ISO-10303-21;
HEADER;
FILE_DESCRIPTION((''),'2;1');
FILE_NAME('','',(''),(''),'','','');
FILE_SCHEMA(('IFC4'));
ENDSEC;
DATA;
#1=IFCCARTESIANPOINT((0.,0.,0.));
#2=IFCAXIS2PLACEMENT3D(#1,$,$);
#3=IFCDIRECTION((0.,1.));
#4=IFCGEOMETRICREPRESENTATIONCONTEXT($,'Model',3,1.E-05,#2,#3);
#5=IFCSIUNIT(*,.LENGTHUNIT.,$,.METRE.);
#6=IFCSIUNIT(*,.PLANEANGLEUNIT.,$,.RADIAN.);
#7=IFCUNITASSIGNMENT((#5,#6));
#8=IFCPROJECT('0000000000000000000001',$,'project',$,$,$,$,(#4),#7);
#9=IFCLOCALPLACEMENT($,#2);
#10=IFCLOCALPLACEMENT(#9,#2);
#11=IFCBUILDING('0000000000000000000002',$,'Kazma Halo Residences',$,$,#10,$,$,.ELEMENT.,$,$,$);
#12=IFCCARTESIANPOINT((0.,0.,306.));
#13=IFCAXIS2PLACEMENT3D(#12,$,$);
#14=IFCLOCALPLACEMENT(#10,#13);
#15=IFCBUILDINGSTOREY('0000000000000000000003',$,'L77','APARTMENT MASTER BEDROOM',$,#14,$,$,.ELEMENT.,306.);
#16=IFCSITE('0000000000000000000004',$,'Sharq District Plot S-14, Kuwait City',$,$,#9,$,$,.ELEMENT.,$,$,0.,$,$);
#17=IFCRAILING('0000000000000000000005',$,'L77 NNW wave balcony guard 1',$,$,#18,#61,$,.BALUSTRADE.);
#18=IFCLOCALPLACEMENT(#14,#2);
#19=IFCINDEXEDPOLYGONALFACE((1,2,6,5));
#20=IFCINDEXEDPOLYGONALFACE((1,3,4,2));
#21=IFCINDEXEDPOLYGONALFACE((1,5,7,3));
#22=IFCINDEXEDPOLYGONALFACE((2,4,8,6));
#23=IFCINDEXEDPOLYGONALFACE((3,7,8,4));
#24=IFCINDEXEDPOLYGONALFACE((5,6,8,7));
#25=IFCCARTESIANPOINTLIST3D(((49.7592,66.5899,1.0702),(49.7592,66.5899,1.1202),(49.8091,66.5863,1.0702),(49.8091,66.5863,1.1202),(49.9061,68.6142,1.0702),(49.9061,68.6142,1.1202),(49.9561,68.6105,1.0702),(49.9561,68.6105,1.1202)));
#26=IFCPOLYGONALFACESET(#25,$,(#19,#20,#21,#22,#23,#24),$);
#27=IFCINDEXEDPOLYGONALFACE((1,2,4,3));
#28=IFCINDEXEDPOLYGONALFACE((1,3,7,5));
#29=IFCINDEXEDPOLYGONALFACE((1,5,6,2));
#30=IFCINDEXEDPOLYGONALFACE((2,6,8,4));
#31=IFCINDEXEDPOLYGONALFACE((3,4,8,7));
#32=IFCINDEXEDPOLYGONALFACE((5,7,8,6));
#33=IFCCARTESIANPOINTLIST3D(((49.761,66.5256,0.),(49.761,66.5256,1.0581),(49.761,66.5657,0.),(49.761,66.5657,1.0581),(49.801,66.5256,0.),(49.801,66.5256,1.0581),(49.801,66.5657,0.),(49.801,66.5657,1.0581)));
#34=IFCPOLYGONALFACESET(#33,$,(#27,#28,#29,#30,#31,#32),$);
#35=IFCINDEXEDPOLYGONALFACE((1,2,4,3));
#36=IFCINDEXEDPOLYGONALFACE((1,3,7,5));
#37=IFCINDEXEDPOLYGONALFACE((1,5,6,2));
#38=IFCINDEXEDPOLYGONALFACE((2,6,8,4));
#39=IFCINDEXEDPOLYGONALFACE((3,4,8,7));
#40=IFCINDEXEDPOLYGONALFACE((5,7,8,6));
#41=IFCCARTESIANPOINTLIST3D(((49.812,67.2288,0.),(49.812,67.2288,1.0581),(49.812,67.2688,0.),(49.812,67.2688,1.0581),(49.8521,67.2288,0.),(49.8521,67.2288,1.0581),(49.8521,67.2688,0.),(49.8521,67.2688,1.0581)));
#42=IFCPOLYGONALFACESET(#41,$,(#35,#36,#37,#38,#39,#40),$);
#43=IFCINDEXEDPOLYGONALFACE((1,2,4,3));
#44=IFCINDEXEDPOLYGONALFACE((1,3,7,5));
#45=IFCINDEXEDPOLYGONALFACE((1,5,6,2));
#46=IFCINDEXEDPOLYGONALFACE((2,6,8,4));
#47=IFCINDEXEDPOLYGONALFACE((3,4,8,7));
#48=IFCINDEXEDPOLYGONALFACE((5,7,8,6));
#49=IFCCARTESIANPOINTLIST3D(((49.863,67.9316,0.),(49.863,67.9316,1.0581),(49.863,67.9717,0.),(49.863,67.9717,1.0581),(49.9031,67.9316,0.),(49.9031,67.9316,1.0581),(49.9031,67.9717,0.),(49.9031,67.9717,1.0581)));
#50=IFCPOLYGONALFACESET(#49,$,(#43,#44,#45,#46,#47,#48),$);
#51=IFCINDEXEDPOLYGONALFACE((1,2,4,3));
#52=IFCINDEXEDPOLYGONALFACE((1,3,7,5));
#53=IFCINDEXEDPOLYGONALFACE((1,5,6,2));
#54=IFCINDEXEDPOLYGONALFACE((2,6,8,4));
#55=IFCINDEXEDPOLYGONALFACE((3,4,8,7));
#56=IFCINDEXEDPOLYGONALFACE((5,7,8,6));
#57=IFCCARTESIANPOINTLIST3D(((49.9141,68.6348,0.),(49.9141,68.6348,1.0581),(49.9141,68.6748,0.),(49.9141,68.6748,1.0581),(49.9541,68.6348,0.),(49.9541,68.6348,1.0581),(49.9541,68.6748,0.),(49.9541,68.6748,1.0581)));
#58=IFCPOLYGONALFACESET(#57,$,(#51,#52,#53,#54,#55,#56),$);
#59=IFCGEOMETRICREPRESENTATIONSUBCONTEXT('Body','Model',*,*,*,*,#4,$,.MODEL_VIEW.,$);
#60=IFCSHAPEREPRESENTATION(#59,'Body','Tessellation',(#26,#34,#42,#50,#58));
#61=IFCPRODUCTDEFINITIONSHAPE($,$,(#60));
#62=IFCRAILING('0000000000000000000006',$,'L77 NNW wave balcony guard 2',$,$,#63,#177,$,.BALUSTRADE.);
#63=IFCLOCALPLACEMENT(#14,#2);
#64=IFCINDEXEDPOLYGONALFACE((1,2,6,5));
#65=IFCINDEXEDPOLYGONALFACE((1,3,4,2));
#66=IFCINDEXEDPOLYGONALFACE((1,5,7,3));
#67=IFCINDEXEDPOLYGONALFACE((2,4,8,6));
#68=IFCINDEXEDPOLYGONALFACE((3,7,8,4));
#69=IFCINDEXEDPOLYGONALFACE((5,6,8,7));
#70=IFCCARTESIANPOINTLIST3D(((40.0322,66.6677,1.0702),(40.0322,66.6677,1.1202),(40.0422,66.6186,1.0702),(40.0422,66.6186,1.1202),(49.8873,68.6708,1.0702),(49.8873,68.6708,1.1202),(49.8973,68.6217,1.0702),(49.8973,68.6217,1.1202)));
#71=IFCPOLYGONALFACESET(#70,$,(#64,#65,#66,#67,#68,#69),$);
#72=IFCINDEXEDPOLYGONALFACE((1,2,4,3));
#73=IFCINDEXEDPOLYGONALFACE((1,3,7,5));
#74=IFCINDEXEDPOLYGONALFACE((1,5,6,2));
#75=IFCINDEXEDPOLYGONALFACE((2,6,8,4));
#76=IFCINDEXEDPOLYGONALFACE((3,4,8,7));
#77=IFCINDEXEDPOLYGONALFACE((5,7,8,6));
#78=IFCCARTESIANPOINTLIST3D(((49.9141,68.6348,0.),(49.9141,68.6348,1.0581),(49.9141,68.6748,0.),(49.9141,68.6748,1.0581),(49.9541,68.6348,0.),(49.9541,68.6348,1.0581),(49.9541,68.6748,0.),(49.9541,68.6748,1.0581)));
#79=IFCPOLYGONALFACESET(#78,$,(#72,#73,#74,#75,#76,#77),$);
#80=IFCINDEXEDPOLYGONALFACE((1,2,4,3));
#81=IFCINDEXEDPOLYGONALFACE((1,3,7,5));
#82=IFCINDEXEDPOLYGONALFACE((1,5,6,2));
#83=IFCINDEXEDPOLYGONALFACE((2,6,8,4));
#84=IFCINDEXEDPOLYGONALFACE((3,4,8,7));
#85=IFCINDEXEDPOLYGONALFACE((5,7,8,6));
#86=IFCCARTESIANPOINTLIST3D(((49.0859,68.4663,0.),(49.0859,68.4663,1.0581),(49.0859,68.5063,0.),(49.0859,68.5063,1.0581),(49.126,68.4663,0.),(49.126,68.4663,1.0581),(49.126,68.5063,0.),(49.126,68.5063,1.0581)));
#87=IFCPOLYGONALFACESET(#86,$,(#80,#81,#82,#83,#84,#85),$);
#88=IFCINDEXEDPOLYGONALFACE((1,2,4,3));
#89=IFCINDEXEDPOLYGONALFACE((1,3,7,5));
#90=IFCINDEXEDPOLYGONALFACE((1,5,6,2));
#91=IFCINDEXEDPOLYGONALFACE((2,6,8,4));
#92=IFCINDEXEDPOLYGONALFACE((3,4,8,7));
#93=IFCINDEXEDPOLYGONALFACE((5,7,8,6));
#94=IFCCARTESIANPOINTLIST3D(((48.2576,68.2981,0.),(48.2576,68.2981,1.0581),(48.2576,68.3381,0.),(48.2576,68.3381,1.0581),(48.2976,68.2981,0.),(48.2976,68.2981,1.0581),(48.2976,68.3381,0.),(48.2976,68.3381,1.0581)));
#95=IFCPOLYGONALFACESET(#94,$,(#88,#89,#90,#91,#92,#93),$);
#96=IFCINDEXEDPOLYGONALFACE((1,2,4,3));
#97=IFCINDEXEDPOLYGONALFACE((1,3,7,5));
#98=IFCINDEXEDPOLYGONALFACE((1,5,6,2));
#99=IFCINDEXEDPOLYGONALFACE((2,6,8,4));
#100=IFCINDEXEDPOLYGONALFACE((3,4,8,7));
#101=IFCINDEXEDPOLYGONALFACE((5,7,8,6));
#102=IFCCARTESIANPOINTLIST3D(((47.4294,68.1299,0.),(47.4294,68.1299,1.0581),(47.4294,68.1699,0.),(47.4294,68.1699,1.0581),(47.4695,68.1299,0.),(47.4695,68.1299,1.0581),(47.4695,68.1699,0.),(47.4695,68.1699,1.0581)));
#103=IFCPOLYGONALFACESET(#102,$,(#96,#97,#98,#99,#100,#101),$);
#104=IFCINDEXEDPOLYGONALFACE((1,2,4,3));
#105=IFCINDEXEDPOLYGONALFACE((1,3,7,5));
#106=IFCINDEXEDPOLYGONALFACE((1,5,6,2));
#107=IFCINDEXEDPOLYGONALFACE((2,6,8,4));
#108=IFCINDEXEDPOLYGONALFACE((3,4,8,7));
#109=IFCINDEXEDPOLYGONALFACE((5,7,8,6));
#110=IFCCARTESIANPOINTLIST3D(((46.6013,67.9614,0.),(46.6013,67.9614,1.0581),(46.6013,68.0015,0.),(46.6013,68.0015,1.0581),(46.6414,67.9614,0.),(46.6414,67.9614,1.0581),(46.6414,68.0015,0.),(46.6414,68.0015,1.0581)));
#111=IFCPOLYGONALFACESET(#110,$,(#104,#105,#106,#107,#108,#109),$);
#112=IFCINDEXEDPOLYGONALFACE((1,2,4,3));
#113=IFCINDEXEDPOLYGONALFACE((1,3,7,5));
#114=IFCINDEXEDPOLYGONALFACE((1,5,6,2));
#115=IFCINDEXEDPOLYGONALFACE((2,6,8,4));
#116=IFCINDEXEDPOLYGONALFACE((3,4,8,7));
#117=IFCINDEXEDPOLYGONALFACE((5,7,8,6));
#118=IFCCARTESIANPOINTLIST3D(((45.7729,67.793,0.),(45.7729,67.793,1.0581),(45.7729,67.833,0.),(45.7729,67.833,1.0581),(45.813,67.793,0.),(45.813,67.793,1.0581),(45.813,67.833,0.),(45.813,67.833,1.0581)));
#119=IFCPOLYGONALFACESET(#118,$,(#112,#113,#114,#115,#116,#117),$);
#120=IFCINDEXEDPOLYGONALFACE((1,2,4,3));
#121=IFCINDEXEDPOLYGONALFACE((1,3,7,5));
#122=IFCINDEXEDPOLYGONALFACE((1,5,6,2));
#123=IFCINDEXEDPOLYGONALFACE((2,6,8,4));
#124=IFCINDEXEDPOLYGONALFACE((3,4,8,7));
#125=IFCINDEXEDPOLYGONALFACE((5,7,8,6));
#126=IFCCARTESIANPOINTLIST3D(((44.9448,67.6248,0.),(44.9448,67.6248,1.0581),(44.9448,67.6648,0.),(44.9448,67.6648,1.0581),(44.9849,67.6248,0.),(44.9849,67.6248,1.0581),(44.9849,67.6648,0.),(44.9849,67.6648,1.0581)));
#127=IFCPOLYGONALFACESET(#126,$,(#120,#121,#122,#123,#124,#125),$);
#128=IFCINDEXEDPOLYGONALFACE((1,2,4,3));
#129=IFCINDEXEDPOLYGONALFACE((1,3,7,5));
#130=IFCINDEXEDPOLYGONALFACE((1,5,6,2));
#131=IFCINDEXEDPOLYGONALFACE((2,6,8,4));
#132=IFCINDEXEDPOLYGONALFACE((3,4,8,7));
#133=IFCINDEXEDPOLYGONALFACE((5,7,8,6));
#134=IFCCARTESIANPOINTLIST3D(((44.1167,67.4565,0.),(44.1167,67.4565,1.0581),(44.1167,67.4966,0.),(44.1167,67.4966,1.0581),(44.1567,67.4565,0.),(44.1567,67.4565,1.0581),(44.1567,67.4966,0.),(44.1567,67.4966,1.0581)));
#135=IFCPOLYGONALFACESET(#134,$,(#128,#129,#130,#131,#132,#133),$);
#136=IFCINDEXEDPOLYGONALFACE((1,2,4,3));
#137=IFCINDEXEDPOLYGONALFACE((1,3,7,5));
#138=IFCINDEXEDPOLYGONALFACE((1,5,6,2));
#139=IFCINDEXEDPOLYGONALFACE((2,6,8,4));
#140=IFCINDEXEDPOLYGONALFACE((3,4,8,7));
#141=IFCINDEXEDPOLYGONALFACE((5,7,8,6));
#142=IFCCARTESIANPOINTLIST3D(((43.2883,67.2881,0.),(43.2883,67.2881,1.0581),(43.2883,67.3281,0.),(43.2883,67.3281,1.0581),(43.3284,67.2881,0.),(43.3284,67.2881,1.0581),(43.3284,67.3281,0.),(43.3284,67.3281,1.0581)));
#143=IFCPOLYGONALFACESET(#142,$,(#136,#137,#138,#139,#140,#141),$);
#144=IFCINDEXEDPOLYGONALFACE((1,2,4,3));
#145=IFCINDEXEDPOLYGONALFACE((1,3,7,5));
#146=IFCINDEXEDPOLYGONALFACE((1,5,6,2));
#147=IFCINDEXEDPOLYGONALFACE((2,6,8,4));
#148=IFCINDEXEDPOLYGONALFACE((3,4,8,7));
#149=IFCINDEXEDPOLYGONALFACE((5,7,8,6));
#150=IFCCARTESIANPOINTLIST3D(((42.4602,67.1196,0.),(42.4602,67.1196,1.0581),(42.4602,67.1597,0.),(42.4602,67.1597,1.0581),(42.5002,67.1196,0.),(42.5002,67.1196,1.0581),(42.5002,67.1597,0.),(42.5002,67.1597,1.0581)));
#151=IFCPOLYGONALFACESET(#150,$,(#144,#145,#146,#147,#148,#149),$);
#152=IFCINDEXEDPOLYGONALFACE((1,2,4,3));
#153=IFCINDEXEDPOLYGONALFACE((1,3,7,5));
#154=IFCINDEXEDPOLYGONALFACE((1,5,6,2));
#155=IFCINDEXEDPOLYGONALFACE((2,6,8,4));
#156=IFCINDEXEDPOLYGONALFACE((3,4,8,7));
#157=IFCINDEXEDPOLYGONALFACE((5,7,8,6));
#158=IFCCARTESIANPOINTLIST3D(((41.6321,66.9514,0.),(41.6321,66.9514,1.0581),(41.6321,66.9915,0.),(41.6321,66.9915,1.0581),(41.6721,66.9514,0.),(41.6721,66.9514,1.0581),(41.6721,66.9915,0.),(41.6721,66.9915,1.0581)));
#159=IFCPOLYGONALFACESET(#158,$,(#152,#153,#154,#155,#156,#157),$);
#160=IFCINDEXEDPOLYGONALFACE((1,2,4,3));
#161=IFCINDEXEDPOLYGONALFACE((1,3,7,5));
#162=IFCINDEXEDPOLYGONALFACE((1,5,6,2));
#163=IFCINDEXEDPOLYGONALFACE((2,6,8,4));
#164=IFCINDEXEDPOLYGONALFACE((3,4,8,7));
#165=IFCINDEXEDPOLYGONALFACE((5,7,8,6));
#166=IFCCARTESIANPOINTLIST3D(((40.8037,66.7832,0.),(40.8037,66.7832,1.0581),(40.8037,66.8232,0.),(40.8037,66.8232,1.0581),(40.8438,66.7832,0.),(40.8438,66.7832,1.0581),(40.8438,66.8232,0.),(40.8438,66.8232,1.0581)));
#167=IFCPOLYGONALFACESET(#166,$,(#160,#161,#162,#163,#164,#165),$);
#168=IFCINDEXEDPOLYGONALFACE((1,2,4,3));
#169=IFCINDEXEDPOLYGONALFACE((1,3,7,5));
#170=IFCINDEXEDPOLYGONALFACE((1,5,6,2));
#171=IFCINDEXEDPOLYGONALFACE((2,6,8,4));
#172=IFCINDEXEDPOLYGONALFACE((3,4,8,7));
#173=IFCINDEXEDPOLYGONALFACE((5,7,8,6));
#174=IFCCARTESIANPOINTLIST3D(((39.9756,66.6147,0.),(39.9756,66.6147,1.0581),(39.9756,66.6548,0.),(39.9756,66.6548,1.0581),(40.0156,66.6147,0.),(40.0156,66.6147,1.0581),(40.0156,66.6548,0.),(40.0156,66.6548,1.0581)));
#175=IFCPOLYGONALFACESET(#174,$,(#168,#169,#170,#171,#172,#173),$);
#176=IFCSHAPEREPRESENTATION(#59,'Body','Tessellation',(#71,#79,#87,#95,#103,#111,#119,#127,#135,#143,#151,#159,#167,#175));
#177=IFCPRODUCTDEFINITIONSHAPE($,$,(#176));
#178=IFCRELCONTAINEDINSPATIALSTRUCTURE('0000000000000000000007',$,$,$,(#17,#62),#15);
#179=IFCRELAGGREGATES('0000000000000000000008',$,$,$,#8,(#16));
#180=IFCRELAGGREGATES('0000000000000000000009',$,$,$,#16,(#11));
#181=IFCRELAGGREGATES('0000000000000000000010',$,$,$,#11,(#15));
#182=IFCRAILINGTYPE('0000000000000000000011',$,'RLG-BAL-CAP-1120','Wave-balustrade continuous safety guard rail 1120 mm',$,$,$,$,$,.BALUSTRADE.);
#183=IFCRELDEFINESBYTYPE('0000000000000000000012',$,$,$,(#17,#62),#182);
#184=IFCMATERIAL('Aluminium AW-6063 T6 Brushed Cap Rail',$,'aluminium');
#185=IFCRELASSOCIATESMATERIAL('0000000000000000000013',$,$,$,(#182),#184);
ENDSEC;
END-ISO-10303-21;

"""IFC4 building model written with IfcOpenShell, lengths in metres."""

from ifc_helpers import new_model, si_unit, direction, frame, origin, origin_2d, place, context, subcontext, project, spatial, rectangle, extrude, material, type_object, element, save


model = new_model("IFC4")

# Units and contexts
model_context = context("Model", 3, precision=1e-05, world=origin(), true_north=direction((0.0, 1.0)))
body_context = subcontext(model_context, "Body", "Model", "MODEL_VIEW")
ifc_project = project(units=[si_unit("LENGTHUNIT", "METRE"), si_unit("PLANEANGLEUNIT", "RADIAN")], contexts=[model_context])

# Site, building, storey
site_placement = place(None, origin())
site = spatial("IfcSite", under=ifc_project, at=site_placement, Name="Sharq District Plot S-14, Kuwait City", CompositionType="ELEMENT", RefElevation=0.0)
building_placement = place(site_placement, origin())
building = spatial("IfcBuilding", under=site, at=building_placement, Name="Kazma Halo Residences", CompositionType="ELEMENT")
storey_placement = place(building_placement, frame((0.0, 0.0, 306.0)))
storey = spatial("IfcBuildingStorey", under=building, at=storey_placement, Name="L77", Description="APARTMENT MASTER BEDROOM", CompositionType="ELEMENT", Elevation=306.0)

# Railings
ifc_material_1 = material(Name="Aluminium AW-6063 T6 Brushed Cap Rail", Category="aluminium")
railing_type = type_object("IfcRailingType", Name="RLG-BAL-CAP-1120", Description="Wave-balustrade continuous safety guard rail 1120 mm", PredefinedType="BALUSTRADE", material=ifc_material_1)
railing_1_placement = place(storey_placement, frame((49.781, 66.5457, 0.0)))
element("IfcRailing", 1, at=railing_1_placement, inside=storey, type_object=railing_type, Name="L77 NNW wave balcony guard 1", PredefinedType="BALUSTRADE", context=body_context, shape_type="SweptSolid", body=[
    extrude(rectangle(XDim=0.05, YDim=0.05, at=origin_2d()), frame((0.0032, 0.0425, 1.0952), z_axis=(0.072387, 0.997377, 0.0), x_axis=(-0.997377, 0.072387, 0.0)), (0.0, 0.0, 1.0), 2.0295),
    extrude(rectangle(XDim=0.04, YDim=0.04, at=origin_2d()), origin(), (0.0, 0.0, 1.0), 1.0581),
    extrude(rectangle(XDim=0.04, YDim=0.04, at=origin_2d()), frame((0.051, 0.7031, 0.0)), (0.0, 0.0, 1.0), 1.0581),
    extrude(rectangle(XDim=0.04, YDim=0.04, at=origin_2d()), frame((0.1021, 1.406, 0.0)), (0.0, 0.0, 1.0), 1.0581),
    extrude(rectangle(XDim=0.04, YDim=0.04, at=origin_2d()), frame((0.1531, 2.1091, 0.0)), (0.0, 0.0, 1.0), 1.0581),
])
railing_2_placement = place(storey_placement, frame((49.9341, 68.6548, 0.0)))
element("IfcRailing", 2, at=railing_2_placement, inside=storey, type_object=railing_type, Name="L77 NNW wave balcony guard 2", PredefinedType="BALUSTRADE", context=body_context, shape_type="SweptSolid", body=[
    extrude(rectangle(XDim=0.05, YDim=0.05, at=origin_2d()), frame((-0.0417, -0.0085, 1.0952), z_axis=(-0.979963, -0.19918, 0.0), x_axis=(0.19918, -0.979963, 0.0)), (0.0, 0.0, 1.0), 10.0566),
    extrude(rectangle(XDim=0.04, YDim=0.04, at=origin_2d()), origin(), (0.0, 0.0, 1.0), 1.0581),
    extrude(rectangle(XDim=0.04, YDim=0.04, at=origin_2d()), frame((-0.8281, -0.1685, 0.0)), (0.0, 0.0, 1.0), 1.0581),
    extrude(rectangle(XDim=0.04, YDim=0.04, at=origin_2d()), frame((-1.6565, -0.3367, 0.0)), (0.0, 0.0, 1.0), 1.0581),
    extrude(rectangle(XDim=0.04, YDim=0.04, at=origin_2d()), frame((-2.4846, -0.5049, 0.0)), (0.0, 0.0, 1.0), 1.0581),
    extrude(rectangle(XDim=0.04, YDim=0.04, at=origin_2d()), frame((-3.3127, -0.6733, 0.0)), (0.0, 0.0, 1.0), 1.0581),
    extrude(rectangle(XDim=0.04, YDim=0.04, at=origin_2d()), frame((-4.1411, -0.8418, 0.0)), (0.0, 0.0, 1.0), 1.0581),
    extrude(rectangle(XDim=0.04, YDim=0.04, at=origin_2d()), frame((-4.9692, -1.01, 0.0)), (0.0, 0.0, 1.0), 1.0581),
    extrude(rectangle(XDim=0.04, YDim=0.04, at=origin_2d()), frame((-5.7974, -1.1782, 0.0)), (0.0, 0.0, 1.0), 1.0581),
    extrude(rectangle(XDim=0.04, YDim=0.04, at=origin_2d()), frame((-6.6257, -1.3467, 0.0)), (0.0, 0.0, 1.0), 1.0581),
    extrude(rectangle(XDim=0.04, YDim=0.04, at=origin_2d()), frame((-7.4539, -1.5151, 0.0)), (0.0, 0.0, 1.0), 1.0581),
    extrude(rectangle(XDim=0.04, YDim=0.04, at=origin_2d()), frame((-8.282, -1.6833, 0.0)), (0.0, 0.0, 1.0), 1.0581),
    extrude(rectangle(XDim=0.04, YDim=0.04, at=origin_2d()), frame((-9.1104, -1.8516, 0.0)), (0.0, 0.0, 1.0), 1.0581),
    extrude(rectangle(XDim=0.04, YDim=0.04, at=origin_2d()), frame((-9.9385, -2.02, 0.0)), (0.0, 0.0, 1.0), 1.0581),
])

save(model, "model.ifc")
